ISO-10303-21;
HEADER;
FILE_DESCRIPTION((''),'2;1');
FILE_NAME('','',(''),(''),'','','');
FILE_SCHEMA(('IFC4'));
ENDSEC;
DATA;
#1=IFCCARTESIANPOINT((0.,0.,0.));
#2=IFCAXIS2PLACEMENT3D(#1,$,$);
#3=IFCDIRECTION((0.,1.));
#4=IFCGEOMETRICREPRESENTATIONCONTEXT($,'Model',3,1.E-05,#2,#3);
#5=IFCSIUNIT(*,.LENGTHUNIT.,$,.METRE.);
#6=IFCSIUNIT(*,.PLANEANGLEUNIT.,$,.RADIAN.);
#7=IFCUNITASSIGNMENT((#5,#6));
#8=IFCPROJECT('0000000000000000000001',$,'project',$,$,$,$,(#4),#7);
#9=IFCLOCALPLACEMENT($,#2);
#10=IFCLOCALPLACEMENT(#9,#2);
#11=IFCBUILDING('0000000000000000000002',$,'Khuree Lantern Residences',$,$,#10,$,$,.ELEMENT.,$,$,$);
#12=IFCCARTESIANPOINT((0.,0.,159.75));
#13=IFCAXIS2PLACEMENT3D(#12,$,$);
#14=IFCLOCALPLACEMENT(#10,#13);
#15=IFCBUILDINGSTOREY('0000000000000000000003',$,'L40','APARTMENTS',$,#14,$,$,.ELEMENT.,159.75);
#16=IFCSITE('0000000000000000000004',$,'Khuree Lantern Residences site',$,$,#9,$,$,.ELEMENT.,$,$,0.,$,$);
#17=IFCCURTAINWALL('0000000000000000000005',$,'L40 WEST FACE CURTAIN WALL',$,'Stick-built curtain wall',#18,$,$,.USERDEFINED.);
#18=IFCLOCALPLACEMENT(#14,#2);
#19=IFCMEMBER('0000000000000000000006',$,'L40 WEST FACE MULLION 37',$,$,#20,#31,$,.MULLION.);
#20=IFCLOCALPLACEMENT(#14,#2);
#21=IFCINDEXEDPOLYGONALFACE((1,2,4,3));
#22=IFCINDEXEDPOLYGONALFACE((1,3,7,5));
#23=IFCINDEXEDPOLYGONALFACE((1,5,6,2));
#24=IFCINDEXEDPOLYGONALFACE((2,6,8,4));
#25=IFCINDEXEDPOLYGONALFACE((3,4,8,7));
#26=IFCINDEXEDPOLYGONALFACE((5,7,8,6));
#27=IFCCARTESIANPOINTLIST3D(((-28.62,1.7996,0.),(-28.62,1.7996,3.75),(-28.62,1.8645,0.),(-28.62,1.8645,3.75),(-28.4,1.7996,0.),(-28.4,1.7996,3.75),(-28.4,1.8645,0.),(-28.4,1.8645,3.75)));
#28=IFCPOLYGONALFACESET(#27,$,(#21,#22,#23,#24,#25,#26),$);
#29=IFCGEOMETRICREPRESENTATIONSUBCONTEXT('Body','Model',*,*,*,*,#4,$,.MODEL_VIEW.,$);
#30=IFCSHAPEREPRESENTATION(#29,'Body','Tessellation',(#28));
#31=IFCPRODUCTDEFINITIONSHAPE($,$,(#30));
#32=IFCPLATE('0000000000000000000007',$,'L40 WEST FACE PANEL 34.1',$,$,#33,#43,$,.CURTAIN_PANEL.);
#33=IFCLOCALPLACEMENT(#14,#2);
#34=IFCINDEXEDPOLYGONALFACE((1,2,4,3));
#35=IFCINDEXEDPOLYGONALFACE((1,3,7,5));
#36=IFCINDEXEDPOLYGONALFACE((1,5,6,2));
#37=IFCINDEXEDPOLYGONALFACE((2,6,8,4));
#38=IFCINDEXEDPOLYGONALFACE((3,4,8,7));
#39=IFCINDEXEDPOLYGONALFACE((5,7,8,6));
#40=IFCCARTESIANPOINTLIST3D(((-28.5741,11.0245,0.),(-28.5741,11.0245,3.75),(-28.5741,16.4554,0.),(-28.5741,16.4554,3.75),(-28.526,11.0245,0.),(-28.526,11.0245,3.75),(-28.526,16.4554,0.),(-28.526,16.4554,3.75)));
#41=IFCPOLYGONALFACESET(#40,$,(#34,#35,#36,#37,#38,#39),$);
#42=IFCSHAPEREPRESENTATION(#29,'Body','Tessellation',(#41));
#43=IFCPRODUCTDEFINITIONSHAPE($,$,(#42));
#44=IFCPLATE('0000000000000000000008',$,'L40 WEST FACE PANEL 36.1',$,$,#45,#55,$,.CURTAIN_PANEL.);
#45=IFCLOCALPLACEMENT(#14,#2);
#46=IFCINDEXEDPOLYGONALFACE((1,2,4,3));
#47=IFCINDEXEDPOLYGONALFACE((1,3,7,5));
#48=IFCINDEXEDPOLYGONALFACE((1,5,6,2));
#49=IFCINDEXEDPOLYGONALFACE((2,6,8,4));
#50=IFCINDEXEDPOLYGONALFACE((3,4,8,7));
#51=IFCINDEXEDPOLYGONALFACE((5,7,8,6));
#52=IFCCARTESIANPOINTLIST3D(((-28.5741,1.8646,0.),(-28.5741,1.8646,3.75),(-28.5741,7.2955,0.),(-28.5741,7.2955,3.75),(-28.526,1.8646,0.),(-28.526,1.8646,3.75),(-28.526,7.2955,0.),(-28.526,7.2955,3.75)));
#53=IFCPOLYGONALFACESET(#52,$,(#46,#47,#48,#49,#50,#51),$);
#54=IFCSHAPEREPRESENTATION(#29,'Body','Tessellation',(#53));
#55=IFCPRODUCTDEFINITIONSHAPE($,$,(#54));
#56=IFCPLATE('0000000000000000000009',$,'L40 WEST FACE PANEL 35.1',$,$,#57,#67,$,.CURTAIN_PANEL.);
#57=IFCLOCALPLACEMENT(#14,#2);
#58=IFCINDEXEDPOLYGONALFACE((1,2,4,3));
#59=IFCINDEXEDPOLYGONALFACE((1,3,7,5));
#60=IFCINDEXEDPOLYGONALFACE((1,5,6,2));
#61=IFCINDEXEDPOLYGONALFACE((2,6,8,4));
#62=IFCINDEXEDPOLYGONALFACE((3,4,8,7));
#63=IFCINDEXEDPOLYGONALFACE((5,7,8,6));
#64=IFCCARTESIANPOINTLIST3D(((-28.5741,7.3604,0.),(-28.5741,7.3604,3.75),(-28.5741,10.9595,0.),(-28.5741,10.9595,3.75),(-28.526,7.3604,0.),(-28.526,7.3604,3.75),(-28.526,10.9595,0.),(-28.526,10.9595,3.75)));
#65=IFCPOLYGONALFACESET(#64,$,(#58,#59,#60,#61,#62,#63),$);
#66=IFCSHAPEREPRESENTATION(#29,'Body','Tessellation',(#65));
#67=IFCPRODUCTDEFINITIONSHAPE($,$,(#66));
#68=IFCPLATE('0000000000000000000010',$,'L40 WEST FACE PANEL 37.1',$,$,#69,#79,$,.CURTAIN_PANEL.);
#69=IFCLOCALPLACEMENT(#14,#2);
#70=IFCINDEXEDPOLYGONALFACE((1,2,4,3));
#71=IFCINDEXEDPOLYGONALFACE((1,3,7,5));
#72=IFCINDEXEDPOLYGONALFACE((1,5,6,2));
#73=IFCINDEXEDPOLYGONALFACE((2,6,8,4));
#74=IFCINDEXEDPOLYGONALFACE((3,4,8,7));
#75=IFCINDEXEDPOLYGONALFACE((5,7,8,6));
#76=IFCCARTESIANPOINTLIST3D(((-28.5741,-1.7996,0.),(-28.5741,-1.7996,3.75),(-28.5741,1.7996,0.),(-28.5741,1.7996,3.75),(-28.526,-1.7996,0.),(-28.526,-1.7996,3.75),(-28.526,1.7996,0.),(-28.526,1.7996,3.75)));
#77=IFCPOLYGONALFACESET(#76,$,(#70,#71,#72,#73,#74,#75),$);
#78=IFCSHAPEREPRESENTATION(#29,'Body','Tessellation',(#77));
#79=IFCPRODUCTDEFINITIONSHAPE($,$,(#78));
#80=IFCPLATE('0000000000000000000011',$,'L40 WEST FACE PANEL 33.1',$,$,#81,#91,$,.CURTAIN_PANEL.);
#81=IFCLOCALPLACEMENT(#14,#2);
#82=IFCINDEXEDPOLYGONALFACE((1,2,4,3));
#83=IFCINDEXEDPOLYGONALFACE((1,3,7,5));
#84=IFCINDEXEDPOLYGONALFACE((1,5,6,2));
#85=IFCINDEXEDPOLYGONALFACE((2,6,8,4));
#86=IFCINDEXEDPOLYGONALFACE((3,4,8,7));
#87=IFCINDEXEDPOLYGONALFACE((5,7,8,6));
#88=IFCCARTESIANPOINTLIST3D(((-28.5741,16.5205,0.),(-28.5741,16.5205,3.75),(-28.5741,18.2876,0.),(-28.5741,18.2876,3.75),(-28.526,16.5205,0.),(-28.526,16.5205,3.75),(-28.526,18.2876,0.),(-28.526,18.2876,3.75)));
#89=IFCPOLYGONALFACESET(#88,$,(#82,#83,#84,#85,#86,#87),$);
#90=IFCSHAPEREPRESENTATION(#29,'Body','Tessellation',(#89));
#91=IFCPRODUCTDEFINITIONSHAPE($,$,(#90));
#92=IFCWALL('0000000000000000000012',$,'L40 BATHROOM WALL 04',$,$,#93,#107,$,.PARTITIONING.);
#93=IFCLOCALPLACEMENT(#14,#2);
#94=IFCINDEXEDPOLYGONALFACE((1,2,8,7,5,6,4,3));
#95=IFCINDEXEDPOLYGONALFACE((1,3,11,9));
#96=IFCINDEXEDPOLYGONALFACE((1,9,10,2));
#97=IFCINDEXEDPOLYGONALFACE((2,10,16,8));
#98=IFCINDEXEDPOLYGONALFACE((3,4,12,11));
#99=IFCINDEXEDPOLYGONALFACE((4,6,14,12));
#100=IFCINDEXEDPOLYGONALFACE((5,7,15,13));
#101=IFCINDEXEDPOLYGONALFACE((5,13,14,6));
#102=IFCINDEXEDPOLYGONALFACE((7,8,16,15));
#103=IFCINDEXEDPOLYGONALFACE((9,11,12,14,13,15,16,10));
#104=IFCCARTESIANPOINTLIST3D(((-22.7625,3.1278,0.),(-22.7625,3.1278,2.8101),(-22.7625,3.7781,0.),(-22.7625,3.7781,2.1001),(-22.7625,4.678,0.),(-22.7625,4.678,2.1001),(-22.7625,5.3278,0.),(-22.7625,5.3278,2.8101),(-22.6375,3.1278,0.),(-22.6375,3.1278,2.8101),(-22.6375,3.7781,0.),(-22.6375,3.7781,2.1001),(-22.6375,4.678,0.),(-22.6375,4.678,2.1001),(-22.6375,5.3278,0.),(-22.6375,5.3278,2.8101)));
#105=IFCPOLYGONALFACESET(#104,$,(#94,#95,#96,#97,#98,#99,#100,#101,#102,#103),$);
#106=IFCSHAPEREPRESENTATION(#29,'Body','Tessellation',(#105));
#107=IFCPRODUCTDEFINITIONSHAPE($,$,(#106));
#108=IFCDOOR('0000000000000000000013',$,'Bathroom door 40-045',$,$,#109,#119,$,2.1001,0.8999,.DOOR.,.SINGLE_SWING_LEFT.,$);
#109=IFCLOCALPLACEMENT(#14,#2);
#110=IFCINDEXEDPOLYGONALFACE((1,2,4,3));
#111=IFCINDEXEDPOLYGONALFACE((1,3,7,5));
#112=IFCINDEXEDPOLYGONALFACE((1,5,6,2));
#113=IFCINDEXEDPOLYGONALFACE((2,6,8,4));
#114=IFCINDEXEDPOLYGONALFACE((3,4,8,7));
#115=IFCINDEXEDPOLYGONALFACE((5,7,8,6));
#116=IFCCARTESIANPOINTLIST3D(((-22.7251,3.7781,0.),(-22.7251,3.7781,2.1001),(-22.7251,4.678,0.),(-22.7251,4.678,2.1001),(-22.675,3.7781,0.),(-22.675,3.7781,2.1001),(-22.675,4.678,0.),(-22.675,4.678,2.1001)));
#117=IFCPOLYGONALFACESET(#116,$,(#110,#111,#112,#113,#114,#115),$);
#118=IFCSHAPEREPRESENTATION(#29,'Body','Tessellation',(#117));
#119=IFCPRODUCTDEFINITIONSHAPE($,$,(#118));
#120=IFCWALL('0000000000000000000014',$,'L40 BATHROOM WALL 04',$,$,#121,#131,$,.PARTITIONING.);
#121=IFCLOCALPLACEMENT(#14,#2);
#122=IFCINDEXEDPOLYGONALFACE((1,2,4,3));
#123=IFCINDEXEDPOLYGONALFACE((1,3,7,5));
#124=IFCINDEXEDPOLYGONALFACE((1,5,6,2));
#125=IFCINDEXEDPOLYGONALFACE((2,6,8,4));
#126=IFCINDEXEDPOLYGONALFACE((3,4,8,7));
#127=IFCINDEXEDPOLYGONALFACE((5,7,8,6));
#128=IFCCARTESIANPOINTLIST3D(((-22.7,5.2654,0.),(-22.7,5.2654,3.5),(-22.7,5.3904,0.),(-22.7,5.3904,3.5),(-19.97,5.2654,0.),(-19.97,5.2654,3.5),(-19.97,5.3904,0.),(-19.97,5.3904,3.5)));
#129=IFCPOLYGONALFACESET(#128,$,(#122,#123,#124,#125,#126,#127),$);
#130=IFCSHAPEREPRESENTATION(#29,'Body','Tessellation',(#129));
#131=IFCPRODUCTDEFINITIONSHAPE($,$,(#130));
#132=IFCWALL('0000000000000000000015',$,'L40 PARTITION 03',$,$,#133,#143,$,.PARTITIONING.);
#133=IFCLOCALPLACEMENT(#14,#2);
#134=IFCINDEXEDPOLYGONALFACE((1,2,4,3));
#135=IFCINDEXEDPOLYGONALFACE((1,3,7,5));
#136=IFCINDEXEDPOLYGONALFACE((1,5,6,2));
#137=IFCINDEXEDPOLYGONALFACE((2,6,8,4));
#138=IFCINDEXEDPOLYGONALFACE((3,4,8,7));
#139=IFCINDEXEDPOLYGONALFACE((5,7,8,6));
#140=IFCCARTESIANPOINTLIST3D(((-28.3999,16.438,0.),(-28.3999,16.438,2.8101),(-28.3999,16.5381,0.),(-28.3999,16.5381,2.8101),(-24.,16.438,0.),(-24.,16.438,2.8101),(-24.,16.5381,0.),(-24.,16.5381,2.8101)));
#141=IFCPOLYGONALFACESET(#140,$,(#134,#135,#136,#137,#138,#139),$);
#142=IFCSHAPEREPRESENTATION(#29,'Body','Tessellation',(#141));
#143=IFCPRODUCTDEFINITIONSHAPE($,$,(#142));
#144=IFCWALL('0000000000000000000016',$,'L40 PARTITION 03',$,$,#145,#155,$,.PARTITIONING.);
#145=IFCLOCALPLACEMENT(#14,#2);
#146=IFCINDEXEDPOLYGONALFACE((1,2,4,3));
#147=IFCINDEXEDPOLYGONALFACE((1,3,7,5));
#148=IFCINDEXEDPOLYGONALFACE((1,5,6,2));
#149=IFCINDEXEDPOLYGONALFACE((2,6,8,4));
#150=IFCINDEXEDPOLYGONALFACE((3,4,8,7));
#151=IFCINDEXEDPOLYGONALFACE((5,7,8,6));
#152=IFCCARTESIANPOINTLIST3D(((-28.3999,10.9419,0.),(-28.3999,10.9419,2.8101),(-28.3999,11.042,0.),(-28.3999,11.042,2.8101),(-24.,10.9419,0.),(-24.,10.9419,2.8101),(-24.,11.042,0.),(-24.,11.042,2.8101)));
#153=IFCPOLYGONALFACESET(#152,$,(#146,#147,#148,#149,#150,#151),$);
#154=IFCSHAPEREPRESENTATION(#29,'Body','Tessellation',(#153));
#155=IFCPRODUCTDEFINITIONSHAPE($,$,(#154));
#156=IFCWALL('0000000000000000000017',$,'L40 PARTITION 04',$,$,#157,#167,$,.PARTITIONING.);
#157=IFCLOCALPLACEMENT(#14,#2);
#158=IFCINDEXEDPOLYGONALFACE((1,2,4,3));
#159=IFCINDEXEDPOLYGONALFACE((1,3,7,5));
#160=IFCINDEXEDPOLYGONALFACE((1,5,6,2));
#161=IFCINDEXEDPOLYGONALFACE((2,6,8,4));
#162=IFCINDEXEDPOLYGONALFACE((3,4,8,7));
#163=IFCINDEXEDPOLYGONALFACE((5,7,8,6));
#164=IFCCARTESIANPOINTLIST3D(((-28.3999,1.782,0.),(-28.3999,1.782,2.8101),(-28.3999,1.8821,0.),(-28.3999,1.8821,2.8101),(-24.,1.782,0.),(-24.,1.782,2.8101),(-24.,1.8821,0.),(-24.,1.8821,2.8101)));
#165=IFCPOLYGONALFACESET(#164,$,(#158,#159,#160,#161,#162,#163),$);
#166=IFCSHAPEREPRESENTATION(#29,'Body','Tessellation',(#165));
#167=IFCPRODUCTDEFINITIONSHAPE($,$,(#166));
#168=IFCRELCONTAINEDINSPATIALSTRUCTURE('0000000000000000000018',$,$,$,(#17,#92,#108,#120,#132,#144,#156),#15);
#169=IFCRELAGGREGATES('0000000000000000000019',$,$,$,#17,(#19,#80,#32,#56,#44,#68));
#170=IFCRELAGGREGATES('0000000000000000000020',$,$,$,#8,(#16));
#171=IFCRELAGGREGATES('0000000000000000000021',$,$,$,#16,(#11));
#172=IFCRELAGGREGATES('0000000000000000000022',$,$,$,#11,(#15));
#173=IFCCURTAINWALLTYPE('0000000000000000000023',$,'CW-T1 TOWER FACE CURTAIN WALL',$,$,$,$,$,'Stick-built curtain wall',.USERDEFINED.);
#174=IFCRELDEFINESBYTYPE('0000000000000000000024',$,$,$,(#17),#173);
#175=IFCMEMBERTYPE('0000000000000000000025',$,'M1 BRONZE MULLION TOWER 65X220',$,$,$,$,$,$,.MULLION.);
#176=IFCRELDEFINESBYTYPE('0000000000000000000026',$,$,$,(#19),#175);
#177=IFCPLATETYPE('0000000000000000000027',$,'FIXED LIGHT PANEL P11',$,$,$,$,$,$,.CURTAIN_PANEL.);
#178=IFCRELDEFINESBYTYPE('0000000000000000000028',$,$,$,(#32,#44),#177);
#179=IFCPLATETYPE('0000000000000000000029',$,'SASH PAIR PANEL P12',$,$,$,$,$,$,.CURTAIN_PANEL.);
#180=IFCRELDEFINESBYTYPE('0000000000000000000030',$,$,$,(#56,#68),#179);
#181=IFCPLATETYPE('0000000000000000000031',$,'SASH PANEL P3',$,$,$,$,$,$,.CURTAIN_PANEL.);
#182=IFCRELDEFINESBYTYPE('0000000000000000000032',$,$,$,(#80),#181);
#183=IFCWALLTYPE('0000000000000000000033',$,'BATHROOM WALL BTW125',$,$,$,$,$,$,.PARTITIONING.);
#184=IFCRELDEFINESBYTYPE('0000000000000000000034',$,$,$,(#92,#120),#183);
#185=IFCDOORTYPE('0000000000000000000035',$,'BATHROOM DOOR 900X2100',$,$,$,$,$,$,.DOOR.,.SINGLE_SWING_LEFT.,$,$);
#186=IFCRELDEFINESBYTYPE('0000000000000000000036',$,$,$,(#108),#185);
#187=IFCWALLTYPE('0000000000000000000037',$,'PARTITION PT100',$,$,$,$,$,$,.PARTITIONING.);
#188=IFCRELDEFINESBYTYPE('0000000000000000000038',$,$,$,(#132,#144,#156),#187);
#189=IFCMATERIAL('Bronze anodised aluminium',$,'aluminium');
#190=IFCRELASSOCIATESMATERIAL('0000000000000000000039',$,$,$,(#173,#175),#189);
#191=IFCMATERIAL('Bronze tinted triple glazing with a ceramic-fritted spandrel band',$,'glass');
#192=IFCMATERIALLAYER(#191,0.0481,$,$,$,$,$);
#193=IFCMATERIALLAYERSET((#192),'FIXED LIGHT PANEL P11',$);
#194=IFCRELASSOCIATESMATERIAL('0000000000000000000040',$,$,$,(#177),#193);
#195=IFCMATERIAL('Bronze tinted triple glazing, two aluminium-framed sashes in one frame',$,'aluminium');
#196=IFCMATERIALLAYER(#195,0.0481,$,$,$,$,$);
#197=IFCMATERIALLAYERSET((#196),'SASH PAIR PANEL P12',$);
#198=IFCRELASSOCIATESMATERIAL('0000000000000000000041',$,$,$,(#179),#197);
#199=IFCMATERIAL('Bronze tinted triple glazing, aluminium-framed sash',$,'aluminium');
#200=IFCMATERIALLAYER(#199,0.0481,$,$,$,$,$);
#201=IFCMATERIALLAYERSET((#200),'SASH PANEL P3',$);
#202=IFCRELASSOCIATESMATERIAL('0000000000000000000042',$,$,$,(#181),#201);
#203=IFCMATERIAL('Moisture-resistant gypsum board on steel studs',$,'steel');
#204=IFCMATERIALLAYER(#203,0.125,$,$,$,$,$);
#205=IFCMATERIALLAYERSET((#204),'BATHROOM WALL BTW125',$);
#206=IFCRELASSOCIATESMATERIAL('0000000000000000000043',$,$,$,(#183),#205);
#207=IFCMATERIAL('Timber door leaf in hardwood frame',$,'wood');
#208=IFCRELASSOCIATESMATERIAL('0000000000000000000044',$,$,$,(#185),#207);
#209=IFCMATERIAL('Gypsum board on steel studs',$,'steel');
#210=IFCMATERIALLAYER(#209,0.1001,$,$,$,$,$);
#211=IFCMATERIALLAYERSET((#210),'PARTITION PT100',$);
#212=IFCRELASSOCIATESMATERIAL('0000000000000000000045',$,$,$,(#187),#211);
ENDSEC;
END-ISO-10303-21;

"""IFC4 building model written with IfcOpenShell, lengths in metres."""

from ifc_helpers import new_model, si_unit, direction, frame, frame_2d, origin, origin_2d, place, context, subcontext, project, spatial, rectangle, extrude, material, layer, layer_set, material_profile, profile_set, type_object, element, fill, aggregate, save


model = new_model("IFC4")

# Units and contexts
model_context = context("Model", 3, precision=1e-05, world=origin(), true_north=direction((0.0, 1.0)))
body_context = subcontext(model_context, "Body", "Model", "MODEL_VIEW")
ifc_project = project(units=[si_unit("LENGTHUNIT", "METRE"), si_unit("PLANEANGLEUNIT", "RADIAN")], contexts=[model_context])

# Site, building, storey
site_placement = place(None, origin())
site = spatial("IfcSite", under=ifc_project, at=site_placement, Name="Khuree Lantern Residences site", CompositionType="ELEMENT", RefElevation=0.0)
building_placement = place(site_placement, origin())
building = spatial("IfcBuilding", under=site, at=building_placement, Name="Khuree Lantern Residences", CompositionType="ELEMENT")
storey_placement = place(building_placement, frame((0.0, 0.0, 159.75)))
storey = spatial("IfcBuildingStorey", under=building, at=storey_placement, Name="L40", Description="APARTMENTS", CompositionType="ELEMENT", Elevation=159.75)

# Curtain wall
ifc_material_1 = material(Name="Bronze anodised aluminium", Category="aluminium")
curtain_wall_type = type_object("IfcCurtainWallType", Name="CW-T1 TOWER FACE CURTAIN WALL", ElementType="Stick-built curtain wall", PredefinedType="USERDEFINED", material=ifc_material_1)
curtain_wall_placement = place(storey_placement, origin())
curtain_wall = element("IfcCurtainWall", 1, at=curtain_wall_placement, inside=storey, type_object=curtain_wall_type, Name="L40 WEST FACE CURTAIN WALL", ObjectType="Stick-built curtain wall", PredefinedType="USERDEFINED")

# Member
ifc_material_profile_1 = material_profile(ifc_material_1, rectangle(XDim=0.0649, YDim=0.22, at=origin_2d()), Name="M1 65X220")
ifc_profile_set_1 = profile_set([ifc_material_profile_1], Name="Bronze anodised aluminium")
member_type_1 = type_object("IfcMemberType", Name="M1 BRONZE MULLION TOWER 65X220", PredefinedType="MULLION", material=ifc_profile_set_1)
member_1_placement = place(storey_placement, frame((-28.51, 1.832, 0.0), z_axis=(0.0, 0.0, 1.0), x_axis=(0.0, -1.0, 0.0)))
member_1 = element("IfcMember", 2, at=member_1_placement, type_object=member_type_1, Name="L40 WEST FACE MULLION 37", PredefinedType="MULLION", context=body_context, shape_type="SweptSolid", body=[
    extrude(rectangle(XDim=0.0649, YDim=0.22, at=origin_2d()), origin(), (0.0, 0.0, 1.0), 3.75),
])

# Plates
ifc_material_2 = material(Name="Bronze tinted triple glazing with a ceramic-fritted spandrel band", Category="glass")
ifc_layer_1 = layer(ifc_material_2, 0.0481)
ifc_layer_set_1 = layer_set([ifc_layer_1], Name="FIXED LIGHT PANEL P11")
plate_type_1 = type_object("IfcPlateType", Name="FIXED LIGHT PANEL P11", PredefinedType="CURTAIN_PANEL", material=ifc_layer_set_1)
plate_1_placement = place(storey_placement, frame((-28.55, 13.74, 0.0), z_axis=(0.0, 0.0, 1.0), x_axis=(0.0, -1.0, 0.0)))
plate_1 = element("IfcPlate", 3, at=plate_1_placement, type_object=plate_type_1, Name="L40 WEST FACE PANEL 34.1", PredefinedType="CURTAIN_PANEL", context=body_context, shape_type="SweptSolid", body=[
    extrude(rectangle(XDim=5.4309, YDim=0.0481, at=origin_2d()), origin(), (0.0, 0.0, 1.0), 3.75),
])
plate_2_placement = place(storey_placement, frame((-28.55, 4.5801, 0.0), z_axis=(0.0, 0.0, 1.0), x_axis=(0.0, -1.0, 0.0)))
plate_2 = element("IfcPlate", 4, at=plate_2_placement, type_object=plate_type_1, Name="L40 WEST FACE PANEL 36.1", PredefinedType="CURTAIN_PANEL", context=body_context, shape_type="SweptSolid", body=[
    extrude(rectangle(XDim=5.4309, YDim=0.0481, at=origin_2d()), origin(), (0.0, 0.0, 1.0), 3.75),
])
ifc_material_3 = material(Name="Bronze tinted triple glazing, two aluminium-framed sashes in one frame", Category="aluminium")
ifc_layer_2 = layer(ifc_material_3, 0.0481)
ifc_layer_set_2 = layer_set([ifc_layer_2], Name="SASH PAIR PANEL P12")
plate_type_2 = type_object("IfcPlateType", Name="SASH PAIR PANEL P12", PredefinedType="CURTAIN_PANEL", material=ifc_layer_set_2)
plate_3_placement = place(storey_placement, frame((-28.55, 9.1599, 0.0), z_axis=(0.0, 0.0, 1.0), x_axis=(0.0, -1.0, 0.0)))
plate_3 = element("IfcPlate", 5, at=plate_3_placement, type_object=plate_type_2, Name="L40 WEST FACE PANEL 35.1", PredefinedType="CURTAIN_PANEL", context=body_context, shape_type="SweptSolid", body=[
    extrude(rectangle(XDim=3.5991, YDim=0.0481, at=origin_2d()), origin(), (0.0, 0.0, 1.0), 3.75),
])
plate_4_placement = place(storey_placement, frame((-28.55, 0.0, 0.0), z_axis=(0.0, 0.0, 1.0), x_axis=(0.0, -1.0, 0.0)))
plate_4 = element("IfcPlate", 6, at=plate_4_placement, type_object=plate_type_2, Name="L40 WEST FACE PANEL 37.1", PredefinedType="CURTAIN_PANEL", context=body_context, shape_type="SweptSolid", body=[
    extrude(rectangle(XDim=3.5991, YDim=0.0481, at=origin_2d()), origin(), (0.0, 0.0, 1.0), 3.75),
])
ifc_material_4 = material(Name="Bronze tinted triple glazing, aluminium-framed sash", Category="aluminium")
ifc_layer_3 = layer(ifc_material_4, 0.0481)
ifc_layer_set_3 = layer_set([ifc_layer_3], Name="SASH PANEL P3")
plate_type_3 = type_object("IfcPlateType", Name="SASH PANEL P3", PredefinedType="CURTAIN_PANEL", material=ifc_layer_set_3)
plate_5_placement = place(storey_placement, frame((-28.55, 17.4041, 0.0), z_axis=(0.0, 0.0, 1.0), x_axis=(0.0, -1.0, 0.0)))
plate_5 = element("IfcPlate", 7, at=plate_5_placement, type_object=plate_type_3, Name="L40 WEST FACE PANEL 33.1", PredefinedType="CURTAIN_PANEL", context=body_context, shape_type="SweptSolid", body=[
    extrude(rectangle(XDim=1.7671, YDim=0.0481, at=origin_2d()), origin(), (0.0, 0.0, 1.0), 3.75),
])
aggregate(curtain_wall, [member_1, plate_5, plate_1, plate_3, plate_2, plate_4])

# Wall, opening, door
ifc_material_5 = material(Name="Moisture-resistant gypsum board on steel studs", Category="steel")
ifc_layer_4 = layer(ifc_material_5, 0.125)
ifc_layer_set_4 = layer_set([ifc_layer_4], Name="BATHROOM WALL BTW125")
wall_type_1 = type_object("IfcWallType", Name="BATHROOM WALL BTW125", PredefinedType="PARTITIONING", material=ifc_layer_set_4)
wall_1_placement = place(storey_placement, frame((-22.7, 5.3279, 0.0), z_axis=(0.0, 0.0, 1.0), x_axis=(0.0, -1.0, 0.0)))
wall_1 = element("IfcWall", 8, at=wall_1_placement, inside=storey, type_object=wall_type_1, Name="L40 BATHROOM WALL 04", PredefinedType="PARTITIONING", context=body_context, shape_type="SweptSolid", body=[
    extrude(rectangle(XDim=2.2, YDim=0.125, at=frame_2d((1.1001, 0.0))), origin(), (0.0, 0.0, 1.0), 2.8101),
])
opening_1_placement = place(wall_1_placement, frame((0.6499, 0.0, 0.0)))
opening_1 = element("IfcOpeningElement", 9, at=opening_1_placement, cuts=wall_1, PredefinedType="OPENING", context=body_context, shape_type="SweptSolid", body=[
    extrude(rectangle(XDim=0.8999, YDim=2.1001, at=frame_2d((0.45, 1.05))), frame((0.0, 0.0725, 0.0), z_axis=(0.0, -1.0, 0.0), x_axis=(1.0, 0.0, 0.0)), (0.0, 0.0, 1.0), 0.145),
])
ifc_material_6 = material(Name="Timber door leaf in hardwood frame", Category="wood")
door_type_1 = type_object("IfcDoorType", Name="BATHROOM DOOR 900X2100", OperationType="SINGLE_SWING_LEFT", PredefinedType="DOOR", material=ifc_material_6)
door_1_placement = place(opening_1_placement, origin())
door_1 = element("IfcDoor", 10, at=door_1_placement, inside=storey, type_object=door_type_1, Name="Bathroom door 40-045", OperationType="SINGLE_SWING_LEFT", OverallHeight=2.1001, OverallWidth=0.8999, PredefinedType="DOOR", context=body_context, shape_type="SweptSolid", body=[
    extrude(rectangle(XDim=0.8999, YDim=2.1001, at=frame_2d((0.45, 1.05))), frame((0.0, 0.0249, 0.0), z_axis=(0.0, -1.0, 0.0), x_axis=(1.0, 0.0, 0.0)), (0.0, 0.0, 1.0), 0.05),
])
fill(opening_1, door_1)

# Walls
wall_2_placement = place(storey_placement, frame((-19.97, 5.3279, 0.0), z_axis=(0.0, 0.0, 1.0), x_axis=(-1.0, 0.0, 0.0)))
element("IfcWall", 11, at=wall_2_placement, inside=storey, type_object=wall_type_1, Name="L40 BATHROOM WALL 04", PredefinedType="PARTITIONING", context=body_context, shape_type="SweptSolid", body=[
    extrude(rectangle(XDim=2.73, YDim=0.125, at=frame_2d((1.365, 0.0))), origin(), (0.0, 0.0, 1.0), 3.5),
])
ifc_material_7 = material(Name="Gypsum board on steel studs", Category="steel")
ifc_layer_5 = layer(ifc_material_7, 0.1001)
ifc_layer_set_5 = layer_set([ifc_layer_5], Name="PARTITION PT100")
wall_type_2 = type_object("IfcWallType", Name="PARTITION PT100", PredefinedType="PARTITIONING", material=ifc_layer_set_5)
for number, where, z_axis, x_axis, name in (
    (12, (-24.0, 16.488, 0.0), (0.0, 0.0, 1.0), (-1.0, 0.0, 0.0), "L40 PARTITION 03"),
    (13, (-24.0, 10.9919, 0.0), (0.0, 0.0, 1.0), (-1.0, 0.0, 0.0), "L40 PARTITION 03"),
    (14, (-24.0, 1.832, 0.0), (0.0, 0.0, 1.0), (-1.0, 0.0, 0.0), "L40 PARTITION 04"),
):
    element("IfcWall", number, at=place(storey_placement, frame(where, z_axis=z_axis, x_axis=x_axis)), inside=storey, type_object=wall_type_2, Name=name, PredefinedType="PARTITIONING", context=body_context, shape_type="SweptSolid", body=[
        extrude(rectangle(XDim=4.3999, YDim=0.1001, at=frame_2d((2.2, 0.0))), origin(), (0.0, 0.0, 1.0), 2.8101),
    ])

save(model, "model.ifc")
